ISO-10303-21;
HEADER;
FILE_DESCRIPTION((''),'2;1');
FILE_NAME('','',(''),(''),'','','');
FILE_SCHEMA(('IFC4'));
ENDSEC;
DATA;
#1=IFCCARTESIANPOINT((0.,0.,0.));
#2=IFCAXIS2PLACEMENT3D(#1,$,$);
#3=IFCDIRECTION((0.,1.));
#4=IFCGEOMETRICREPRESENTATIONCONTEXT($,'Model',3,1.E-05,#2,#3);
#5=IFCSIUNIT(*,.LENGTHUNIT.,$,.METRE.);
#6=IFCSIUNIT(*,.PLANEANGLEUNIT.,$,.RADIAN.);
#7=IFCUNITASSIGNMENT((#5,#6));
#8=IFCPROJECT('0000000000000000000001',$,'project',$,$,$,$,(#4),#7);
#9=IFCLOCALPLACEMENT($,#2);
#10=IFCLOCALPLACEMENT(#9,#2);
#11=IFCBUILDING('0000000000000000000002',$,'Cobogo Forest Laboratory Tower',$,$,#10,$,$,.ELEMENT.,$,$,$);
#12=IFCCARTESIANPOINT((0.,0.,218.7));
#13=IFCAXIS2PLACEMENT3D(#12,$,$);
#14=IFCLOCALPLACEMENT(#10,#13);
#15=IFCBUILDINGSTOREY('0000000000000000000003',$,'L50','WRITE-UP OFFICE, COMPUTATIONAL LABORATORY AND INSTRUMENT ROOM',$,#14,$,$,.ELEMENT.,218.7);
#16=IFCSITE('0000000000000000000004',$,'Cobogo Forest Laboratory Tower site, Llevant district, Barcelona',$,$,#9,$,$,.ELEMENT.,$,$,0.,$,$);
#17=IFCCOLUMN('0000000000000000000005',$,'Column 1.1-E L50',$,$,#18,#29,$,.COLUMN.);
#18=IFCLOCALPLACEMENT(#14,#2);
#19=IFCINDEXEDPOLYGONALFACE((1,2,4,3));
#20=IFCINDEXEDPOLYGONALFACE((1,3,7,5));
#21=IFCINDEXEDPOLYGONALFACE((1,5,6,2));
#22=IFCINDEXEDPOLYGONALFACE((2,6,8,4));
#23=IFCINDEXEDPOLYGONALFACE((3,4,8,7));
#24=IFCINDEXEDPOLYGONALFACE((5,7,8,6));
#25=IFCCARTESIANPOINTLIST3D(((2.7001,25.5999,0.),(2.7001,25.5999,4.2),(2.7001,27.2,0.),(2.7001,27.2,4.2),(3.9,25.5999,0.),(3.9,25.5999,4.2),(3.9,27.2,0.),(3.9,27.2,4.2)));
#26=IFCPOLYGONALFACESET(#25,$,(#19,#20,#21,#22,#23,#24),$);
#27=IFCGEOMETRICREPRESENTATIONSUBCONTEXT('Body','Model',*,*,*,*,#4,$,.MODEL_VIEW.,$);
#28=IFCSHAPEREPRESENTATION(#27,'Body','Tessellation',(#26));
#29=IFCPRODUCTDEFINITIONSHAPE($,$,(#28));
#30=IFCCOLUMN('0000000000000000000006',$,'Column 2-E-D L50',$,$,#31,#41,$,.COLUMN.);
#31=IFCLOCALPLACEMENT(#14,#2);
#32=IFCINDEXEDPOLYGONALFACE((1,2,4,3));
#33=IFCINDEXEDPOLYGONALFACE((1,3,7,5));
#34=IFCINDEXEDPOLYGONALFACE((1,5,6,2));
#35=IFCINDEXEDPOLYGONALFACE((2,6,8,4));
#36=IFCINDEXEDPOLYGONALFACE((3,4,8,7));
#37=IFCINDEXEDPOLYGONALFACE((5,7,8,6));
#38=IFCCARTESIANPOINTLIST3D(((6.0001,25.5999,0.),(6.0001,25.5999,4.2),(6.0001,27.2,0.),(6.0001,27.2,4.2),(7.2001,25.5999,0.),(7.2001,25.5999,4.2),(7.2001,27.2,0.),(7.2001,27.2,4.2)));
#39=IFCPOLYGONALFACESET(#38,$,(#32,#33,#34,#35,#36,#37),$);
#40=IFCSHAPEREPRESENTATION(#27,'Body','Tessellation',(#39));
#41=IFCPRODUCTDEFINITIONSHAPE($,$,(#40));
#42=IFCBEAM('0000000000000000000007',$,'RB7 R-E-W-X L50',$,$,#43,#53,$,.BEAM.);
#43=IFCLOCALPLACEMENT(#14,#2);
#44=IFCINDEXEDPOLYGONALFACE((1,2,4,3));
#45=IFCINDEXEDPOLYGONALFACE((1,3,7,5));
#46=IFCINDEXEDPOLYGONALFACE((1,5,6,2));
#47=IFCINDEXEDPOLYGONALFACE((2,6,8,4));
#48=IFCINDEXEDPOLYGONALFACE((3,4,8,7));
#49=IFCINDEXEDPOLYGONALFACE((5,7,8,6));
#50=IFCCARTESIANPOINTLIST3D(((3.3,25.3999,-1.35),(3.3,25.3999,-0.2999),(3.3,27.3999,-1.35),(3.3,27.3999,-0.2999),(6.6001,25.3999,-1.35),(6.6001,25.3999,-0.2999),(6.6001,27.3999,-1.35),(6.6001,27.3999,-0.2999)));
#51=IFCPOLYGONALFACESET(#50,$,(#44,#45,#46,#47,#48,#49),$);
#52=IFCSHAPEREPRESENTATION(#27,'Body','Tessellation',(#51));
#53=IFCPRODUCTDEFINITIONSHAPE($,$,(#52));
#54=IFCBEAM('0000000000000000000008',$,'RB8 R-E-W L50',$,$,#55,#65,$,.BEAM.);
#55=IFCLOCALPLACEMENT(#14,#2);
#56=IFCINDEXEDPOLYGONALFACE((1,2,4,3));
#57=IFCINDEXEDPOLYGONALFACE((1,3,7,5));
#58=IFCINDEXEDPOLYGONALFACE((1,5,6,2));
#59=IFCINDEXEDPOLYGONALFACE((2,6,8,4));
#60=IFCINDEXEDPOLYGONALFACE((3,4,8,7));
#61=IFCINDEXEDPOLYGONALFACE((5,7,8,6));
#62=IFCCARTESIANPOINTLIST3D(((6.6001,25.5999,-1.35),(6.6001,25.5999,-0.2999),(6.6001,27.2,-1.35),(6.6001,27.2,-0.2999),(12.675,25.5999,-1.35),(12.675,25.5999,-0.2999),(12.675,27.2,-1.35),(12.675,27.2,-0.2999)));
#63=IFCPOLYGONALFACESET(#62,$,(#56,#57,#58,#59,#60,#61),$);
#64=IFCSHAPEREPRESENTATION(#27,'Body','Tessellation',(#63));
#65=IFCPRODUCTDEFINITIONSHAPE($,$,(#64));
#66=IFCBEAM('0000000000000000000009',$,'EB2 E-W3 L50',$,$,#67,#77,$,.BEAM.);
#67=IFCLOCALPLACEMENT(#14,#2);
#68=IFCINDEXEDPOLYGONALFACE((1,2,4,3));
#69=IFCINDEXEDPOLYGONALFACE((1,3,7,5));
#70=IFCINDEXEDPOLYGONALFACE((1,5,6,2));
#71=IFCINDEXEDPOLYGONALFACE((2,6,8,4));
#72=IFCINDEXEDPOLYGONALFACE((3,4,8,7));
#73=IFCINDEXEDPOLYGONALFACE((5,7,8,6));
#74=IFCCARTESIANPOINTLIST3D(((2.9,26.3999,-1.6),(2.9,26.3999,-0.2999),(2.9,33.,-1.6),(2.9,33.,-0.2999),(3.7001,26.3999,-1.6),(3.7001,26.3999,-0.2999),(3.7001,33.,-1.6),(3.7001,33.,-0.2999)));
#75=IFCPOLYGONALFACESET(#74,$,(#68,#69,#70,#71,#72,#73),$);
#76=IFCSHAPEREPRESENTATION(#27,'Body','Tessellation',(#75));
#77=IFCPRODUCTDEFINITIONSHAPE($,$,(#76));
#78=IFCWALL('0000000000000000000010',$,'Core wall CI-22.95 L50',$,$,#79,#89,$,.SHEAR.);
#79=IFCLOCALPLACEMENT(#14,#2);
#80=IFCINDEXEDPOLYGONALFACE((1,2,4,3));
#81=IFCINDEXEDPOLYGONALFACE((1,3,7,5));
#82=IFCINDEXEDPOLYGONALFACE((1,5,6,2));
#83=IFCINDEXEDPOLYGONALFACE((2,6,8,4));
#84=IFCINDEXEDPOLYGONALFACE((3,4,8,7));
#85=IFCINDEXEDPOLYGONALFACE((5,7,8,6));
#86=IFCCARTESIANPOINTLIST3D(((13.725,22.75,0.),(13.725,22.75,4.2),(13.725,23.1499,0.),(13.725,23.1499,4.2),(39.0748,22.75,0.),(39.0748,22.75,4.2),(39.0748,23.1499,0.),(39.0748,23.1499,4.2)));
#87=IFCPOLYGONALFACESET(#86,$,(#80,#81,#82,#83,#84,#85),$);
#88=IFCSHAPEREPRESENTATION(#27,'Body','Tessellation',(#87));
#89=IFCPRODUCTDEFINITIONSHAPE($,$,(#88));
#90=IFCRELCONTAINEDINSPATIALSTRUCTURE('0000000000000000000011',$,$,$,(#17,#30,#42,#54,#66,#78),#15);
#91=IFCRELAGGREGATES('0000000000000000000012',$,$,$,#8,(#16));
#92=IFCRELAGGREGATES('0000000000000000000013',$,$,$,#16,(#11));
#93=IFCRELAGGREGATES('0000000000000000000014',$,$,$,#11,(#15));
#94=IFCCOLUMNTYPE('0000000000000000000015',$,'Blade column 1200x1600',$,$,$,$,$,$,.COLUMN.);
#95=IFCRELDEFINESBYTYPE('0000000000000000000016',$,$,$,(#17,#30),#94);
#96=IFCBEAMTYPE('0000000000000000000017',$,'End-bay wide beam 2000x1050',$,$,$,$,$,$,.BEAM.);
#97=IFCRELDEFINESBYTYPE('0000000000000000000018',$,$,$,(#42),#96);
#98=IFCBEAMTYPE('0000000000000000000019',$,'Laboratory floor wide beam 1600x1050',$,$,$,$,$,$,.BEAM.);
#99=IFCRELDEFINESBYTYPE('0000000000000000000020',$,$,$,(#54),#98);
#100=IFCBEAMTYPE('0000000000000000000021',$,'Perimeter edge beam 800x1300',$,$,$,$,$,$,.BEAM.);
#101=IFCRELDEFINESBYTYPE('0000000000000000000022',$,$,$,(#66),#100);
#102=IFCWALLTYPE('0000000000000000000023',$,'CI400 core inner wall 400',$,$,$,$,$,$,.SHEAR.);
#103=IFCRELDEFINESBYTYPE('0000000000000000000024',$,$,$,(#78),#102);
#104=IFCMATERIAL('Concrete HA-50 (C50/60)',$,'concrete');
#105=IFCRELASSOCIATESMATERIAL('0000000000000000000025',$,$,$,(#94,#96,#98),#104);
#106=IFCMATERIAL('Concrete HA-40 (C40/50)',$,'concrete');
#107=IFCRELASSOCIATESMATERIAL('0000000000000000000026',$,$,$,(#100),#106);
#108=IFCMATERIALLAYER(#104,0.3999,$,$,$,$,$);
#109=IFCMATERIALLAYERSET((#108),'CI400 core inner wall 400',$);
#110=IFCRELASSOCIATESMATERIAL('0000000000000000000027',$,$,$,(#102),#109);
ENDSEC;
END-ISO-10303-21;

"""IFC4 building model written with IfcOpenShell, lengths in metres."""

from ifc_helpers import new_model, si_unit, direction, frame, frame_2d, origin, origin_2d, place, context, subcontext, project, spatial, rectangle, extrude, material, layer, layer_set, material_profile, profile_set, type_object, element, save


model = new_model("IFC4")

# Units and contexts
model_context = context("Model", 3, precision=1e-05, world=origin(), true_north=direction((0.0, 1.0)))
body_context = subcontext(model_context, "Body", "Model", "MODEL_VIEW")
ifc_project = project(units=[si_unit("LENGTHUNIT", "METRE"), si_unit("PLANEANGLEUNIT", "RADIAN")], contexts=[model_context])

# Site, building, storey
site_placement = place(None, origin())
site = spatial("IfcSite", under=ifc_project, at=site_placement, Name="Cobogo Forest Laboratory Tower site, Llevant district, Barcelona", CompositionType="ELEMENT", RefElevation=0.0)
building_placement = place(site_placement, origin())
building = spatial("IfcBuilding", under=site, at=building_placement, Name="Cobogo Forest Laboratory Tower", CompositionType="ELEMENT")
storey_placement = place(building_placement, frame((0.0, 0.0, 218.7)))
storey = spatial("IfcBuildingStorey", under=building, at=storey_placement, Name="L50", Description="WRITE-UP OFFICE, COMPUTATIONAL LABORATORY AND INSTRUMENT ROOM", CompositionType="ELEMENT", Elevation=218.7)

# Columns
ifc_material_1 = material(Name="Concrete HA-50 (C50/60)", Category="concrete")
ifc_material_profile_1 = material_profile(ifc_material_1, rectangle(XDim=1.6001, YDim=1.2, at=origin_2d()), Name="RC 1200x1600")
ifc_profile_set_1 = profile_set([ifc_material_profile_1], Name="Concrete HA-50 (C50/60)")
column_type = type_object("IfcColumnType", Name="Blade column 1200x1600", PredefinedType="COLUMN", material=ifc_profile_set_1)
for number, where, z_axis, x_axis, name in (
    (1, (3.3, 26.3999, 0.0), (0.0, 0.0, 1.0), (0.0, 1.0, 0.0), "Column 1.1-E L50"),
    (2, (6.6001, 26.3999, 0.0), (0.0, 0.0, 1.0), (0.0, 1.0, 0.0), "Column 2-E-D L50"),
):
    element("IfcColumn", number, at=place(storey_placement, frame(where, z_axis=z_axis, x_axis=x_axis)), inside=storey, type_object=column_type, Name=name, PredefinedType="COLUMN", context=body_context, shape_type="SweptSolid", body=[
        extrude(rectangle(XDim=1.6001, YDim=1.2, at=origin_2d()), origin(), (0.0, 0.0, 1.0), 4.2),
    ])

# Beams
ifc_material_profile_2 = material_profile(ifc_material_1, rectangle(XDim=2.0, YDim=1.05, at=origin_2d()), Name="RC 2000x1050")
ifc_profile_set_2 = profile_set([ifc_material_profile_2], Name="Concrete HA-50 (C50/60)")
beam_type_1 = type_object("IfcBeamType", Name="End-bay wide beam 2000x1050", PredefinedType="BEAM", material=ifc_profile_set_2)
beam_1_placement = place(storey_placement, frame((3.3, 26.3999, -0.825), z_axis=(1.0, 0.0, 0.0), x_axis=(0.0, 1.0, 0.0)))
element("IfcBeam", 3, at=beam_1_placement, inside=storey, type_object=beam_type_1, Name="RB7 R-E-W-X L50", PredefinedType="BEAM", context=body_context, shape_type="SweptSolid", body=[
    extrude(rectangle(XDim=2.0, YDim=1.05, at=origin_2d()), origin(), (0.0, 0.0, 1.0), 3.3),
])
ifc_material_profile_3 = material_profile(ifc_material_1, rectangle(XDim=1.6001, YDim=1.05, at=origin_2d()), Name="RC 1600x1050")
ifc_profile_set_3 = profile_set([ifc_material_profile_3], Name="Concrete HA-50 (C50/60)")
beam_type_2 = type_object("IfcBeamType", Name="Laboratory floor wide beam 1600x1050", PredefinedType="BEAM", material=ifc_profile_set_3)
beam_2_placement = place(storey_placement, frame((12.675, 26.3999, -0.825), z_axis=(-1.0, 0.0, 0.0), x_axis=(0.0, -1.0, 0.0)))
element("IfcBeam", 4, at=beam_2_placement, inside=storey, type_object=beam_type_2, Name="RB8 R-E-W L50", PredefinedType="BEAM", context=body_context, shape_type="SweptSolid", body=[
    extrude(rectangle(XDim=1.6001, YDim=1.05, at=origin_2d()), origin(), (0.0, 0.0, 1.0), 6.075),
])
ifc_material_2 = material(Name="Concrete HA-40 (C40/50)", Category="concrete")
ifc_material_profile_4 = material_profile(ifc_material_2, rectangle(XDim=0.8, YDim=1.3, at=origin_2d()), Name="RC 800x1300")
ifc_profile_set_4 = profile_set([ifc_material_profile_4], Name="Concrete HA-40 (C40/50)")
beam_type_3 = type_object("IfcBeamType", Name="Perimeter edge beam 800x1300", PredefinedType="BEAM", material=ifc_profile_set_4)
beam_3_placement = place(storey_placement, frame((3.3, 26.3999, -0.95), z_axis=(0.0, 1.0, 0.0), x_axis=(-1.0, 0.0, 0.0)))
element("IfcBeam", 5, at=beam_3_placement, inside=storey, type_object=beam_type_3, Name="EB2 E-W3 L50", PredefinedType="BEAM", context=body_context, shape_type="SweptSolid", body=[
    extrude(rectangle(XDim=0.8, YDim=1.3, at=origin_2d()), origin(), (0.0, 0.0, 1.0), 6.6001),
])

# Wall
ifc_layer_1 = layer(ifc_material_1, 0.3999)
ifc_layer_set_1 = layer_set([ifc_layer_1], Name="CI400 core inner wall 400")
wall_type_1 = type_object("IfcWallType", Name="CI400 core inner wall 400", PredefinedType="SHEAR", material=ifc_layer_set_1)
wall_1_placement = place(storey_placement, frame((13.7251, 22.95, 0.0), z_axis=(0.0, 0.0, 1.0), x_axis=(1.0, 0.0, 0.0)))
element("IfcWall", 6, at=wall_1_placement, inside=storey, type_object=wall_type_1, Name="Core wall CI-22.95 L50", PredefinedType="SHEAR", context=body_context, shape_type="SweptSolid", body=[
    extrude(rectangle(XDim=25.3499, YDim=0.3999, at=frame_2d((12.6748, 0.0))), origin(), (0.0, 0.0, 1.0), 4.2),
])

save(model, "model.ifc")
